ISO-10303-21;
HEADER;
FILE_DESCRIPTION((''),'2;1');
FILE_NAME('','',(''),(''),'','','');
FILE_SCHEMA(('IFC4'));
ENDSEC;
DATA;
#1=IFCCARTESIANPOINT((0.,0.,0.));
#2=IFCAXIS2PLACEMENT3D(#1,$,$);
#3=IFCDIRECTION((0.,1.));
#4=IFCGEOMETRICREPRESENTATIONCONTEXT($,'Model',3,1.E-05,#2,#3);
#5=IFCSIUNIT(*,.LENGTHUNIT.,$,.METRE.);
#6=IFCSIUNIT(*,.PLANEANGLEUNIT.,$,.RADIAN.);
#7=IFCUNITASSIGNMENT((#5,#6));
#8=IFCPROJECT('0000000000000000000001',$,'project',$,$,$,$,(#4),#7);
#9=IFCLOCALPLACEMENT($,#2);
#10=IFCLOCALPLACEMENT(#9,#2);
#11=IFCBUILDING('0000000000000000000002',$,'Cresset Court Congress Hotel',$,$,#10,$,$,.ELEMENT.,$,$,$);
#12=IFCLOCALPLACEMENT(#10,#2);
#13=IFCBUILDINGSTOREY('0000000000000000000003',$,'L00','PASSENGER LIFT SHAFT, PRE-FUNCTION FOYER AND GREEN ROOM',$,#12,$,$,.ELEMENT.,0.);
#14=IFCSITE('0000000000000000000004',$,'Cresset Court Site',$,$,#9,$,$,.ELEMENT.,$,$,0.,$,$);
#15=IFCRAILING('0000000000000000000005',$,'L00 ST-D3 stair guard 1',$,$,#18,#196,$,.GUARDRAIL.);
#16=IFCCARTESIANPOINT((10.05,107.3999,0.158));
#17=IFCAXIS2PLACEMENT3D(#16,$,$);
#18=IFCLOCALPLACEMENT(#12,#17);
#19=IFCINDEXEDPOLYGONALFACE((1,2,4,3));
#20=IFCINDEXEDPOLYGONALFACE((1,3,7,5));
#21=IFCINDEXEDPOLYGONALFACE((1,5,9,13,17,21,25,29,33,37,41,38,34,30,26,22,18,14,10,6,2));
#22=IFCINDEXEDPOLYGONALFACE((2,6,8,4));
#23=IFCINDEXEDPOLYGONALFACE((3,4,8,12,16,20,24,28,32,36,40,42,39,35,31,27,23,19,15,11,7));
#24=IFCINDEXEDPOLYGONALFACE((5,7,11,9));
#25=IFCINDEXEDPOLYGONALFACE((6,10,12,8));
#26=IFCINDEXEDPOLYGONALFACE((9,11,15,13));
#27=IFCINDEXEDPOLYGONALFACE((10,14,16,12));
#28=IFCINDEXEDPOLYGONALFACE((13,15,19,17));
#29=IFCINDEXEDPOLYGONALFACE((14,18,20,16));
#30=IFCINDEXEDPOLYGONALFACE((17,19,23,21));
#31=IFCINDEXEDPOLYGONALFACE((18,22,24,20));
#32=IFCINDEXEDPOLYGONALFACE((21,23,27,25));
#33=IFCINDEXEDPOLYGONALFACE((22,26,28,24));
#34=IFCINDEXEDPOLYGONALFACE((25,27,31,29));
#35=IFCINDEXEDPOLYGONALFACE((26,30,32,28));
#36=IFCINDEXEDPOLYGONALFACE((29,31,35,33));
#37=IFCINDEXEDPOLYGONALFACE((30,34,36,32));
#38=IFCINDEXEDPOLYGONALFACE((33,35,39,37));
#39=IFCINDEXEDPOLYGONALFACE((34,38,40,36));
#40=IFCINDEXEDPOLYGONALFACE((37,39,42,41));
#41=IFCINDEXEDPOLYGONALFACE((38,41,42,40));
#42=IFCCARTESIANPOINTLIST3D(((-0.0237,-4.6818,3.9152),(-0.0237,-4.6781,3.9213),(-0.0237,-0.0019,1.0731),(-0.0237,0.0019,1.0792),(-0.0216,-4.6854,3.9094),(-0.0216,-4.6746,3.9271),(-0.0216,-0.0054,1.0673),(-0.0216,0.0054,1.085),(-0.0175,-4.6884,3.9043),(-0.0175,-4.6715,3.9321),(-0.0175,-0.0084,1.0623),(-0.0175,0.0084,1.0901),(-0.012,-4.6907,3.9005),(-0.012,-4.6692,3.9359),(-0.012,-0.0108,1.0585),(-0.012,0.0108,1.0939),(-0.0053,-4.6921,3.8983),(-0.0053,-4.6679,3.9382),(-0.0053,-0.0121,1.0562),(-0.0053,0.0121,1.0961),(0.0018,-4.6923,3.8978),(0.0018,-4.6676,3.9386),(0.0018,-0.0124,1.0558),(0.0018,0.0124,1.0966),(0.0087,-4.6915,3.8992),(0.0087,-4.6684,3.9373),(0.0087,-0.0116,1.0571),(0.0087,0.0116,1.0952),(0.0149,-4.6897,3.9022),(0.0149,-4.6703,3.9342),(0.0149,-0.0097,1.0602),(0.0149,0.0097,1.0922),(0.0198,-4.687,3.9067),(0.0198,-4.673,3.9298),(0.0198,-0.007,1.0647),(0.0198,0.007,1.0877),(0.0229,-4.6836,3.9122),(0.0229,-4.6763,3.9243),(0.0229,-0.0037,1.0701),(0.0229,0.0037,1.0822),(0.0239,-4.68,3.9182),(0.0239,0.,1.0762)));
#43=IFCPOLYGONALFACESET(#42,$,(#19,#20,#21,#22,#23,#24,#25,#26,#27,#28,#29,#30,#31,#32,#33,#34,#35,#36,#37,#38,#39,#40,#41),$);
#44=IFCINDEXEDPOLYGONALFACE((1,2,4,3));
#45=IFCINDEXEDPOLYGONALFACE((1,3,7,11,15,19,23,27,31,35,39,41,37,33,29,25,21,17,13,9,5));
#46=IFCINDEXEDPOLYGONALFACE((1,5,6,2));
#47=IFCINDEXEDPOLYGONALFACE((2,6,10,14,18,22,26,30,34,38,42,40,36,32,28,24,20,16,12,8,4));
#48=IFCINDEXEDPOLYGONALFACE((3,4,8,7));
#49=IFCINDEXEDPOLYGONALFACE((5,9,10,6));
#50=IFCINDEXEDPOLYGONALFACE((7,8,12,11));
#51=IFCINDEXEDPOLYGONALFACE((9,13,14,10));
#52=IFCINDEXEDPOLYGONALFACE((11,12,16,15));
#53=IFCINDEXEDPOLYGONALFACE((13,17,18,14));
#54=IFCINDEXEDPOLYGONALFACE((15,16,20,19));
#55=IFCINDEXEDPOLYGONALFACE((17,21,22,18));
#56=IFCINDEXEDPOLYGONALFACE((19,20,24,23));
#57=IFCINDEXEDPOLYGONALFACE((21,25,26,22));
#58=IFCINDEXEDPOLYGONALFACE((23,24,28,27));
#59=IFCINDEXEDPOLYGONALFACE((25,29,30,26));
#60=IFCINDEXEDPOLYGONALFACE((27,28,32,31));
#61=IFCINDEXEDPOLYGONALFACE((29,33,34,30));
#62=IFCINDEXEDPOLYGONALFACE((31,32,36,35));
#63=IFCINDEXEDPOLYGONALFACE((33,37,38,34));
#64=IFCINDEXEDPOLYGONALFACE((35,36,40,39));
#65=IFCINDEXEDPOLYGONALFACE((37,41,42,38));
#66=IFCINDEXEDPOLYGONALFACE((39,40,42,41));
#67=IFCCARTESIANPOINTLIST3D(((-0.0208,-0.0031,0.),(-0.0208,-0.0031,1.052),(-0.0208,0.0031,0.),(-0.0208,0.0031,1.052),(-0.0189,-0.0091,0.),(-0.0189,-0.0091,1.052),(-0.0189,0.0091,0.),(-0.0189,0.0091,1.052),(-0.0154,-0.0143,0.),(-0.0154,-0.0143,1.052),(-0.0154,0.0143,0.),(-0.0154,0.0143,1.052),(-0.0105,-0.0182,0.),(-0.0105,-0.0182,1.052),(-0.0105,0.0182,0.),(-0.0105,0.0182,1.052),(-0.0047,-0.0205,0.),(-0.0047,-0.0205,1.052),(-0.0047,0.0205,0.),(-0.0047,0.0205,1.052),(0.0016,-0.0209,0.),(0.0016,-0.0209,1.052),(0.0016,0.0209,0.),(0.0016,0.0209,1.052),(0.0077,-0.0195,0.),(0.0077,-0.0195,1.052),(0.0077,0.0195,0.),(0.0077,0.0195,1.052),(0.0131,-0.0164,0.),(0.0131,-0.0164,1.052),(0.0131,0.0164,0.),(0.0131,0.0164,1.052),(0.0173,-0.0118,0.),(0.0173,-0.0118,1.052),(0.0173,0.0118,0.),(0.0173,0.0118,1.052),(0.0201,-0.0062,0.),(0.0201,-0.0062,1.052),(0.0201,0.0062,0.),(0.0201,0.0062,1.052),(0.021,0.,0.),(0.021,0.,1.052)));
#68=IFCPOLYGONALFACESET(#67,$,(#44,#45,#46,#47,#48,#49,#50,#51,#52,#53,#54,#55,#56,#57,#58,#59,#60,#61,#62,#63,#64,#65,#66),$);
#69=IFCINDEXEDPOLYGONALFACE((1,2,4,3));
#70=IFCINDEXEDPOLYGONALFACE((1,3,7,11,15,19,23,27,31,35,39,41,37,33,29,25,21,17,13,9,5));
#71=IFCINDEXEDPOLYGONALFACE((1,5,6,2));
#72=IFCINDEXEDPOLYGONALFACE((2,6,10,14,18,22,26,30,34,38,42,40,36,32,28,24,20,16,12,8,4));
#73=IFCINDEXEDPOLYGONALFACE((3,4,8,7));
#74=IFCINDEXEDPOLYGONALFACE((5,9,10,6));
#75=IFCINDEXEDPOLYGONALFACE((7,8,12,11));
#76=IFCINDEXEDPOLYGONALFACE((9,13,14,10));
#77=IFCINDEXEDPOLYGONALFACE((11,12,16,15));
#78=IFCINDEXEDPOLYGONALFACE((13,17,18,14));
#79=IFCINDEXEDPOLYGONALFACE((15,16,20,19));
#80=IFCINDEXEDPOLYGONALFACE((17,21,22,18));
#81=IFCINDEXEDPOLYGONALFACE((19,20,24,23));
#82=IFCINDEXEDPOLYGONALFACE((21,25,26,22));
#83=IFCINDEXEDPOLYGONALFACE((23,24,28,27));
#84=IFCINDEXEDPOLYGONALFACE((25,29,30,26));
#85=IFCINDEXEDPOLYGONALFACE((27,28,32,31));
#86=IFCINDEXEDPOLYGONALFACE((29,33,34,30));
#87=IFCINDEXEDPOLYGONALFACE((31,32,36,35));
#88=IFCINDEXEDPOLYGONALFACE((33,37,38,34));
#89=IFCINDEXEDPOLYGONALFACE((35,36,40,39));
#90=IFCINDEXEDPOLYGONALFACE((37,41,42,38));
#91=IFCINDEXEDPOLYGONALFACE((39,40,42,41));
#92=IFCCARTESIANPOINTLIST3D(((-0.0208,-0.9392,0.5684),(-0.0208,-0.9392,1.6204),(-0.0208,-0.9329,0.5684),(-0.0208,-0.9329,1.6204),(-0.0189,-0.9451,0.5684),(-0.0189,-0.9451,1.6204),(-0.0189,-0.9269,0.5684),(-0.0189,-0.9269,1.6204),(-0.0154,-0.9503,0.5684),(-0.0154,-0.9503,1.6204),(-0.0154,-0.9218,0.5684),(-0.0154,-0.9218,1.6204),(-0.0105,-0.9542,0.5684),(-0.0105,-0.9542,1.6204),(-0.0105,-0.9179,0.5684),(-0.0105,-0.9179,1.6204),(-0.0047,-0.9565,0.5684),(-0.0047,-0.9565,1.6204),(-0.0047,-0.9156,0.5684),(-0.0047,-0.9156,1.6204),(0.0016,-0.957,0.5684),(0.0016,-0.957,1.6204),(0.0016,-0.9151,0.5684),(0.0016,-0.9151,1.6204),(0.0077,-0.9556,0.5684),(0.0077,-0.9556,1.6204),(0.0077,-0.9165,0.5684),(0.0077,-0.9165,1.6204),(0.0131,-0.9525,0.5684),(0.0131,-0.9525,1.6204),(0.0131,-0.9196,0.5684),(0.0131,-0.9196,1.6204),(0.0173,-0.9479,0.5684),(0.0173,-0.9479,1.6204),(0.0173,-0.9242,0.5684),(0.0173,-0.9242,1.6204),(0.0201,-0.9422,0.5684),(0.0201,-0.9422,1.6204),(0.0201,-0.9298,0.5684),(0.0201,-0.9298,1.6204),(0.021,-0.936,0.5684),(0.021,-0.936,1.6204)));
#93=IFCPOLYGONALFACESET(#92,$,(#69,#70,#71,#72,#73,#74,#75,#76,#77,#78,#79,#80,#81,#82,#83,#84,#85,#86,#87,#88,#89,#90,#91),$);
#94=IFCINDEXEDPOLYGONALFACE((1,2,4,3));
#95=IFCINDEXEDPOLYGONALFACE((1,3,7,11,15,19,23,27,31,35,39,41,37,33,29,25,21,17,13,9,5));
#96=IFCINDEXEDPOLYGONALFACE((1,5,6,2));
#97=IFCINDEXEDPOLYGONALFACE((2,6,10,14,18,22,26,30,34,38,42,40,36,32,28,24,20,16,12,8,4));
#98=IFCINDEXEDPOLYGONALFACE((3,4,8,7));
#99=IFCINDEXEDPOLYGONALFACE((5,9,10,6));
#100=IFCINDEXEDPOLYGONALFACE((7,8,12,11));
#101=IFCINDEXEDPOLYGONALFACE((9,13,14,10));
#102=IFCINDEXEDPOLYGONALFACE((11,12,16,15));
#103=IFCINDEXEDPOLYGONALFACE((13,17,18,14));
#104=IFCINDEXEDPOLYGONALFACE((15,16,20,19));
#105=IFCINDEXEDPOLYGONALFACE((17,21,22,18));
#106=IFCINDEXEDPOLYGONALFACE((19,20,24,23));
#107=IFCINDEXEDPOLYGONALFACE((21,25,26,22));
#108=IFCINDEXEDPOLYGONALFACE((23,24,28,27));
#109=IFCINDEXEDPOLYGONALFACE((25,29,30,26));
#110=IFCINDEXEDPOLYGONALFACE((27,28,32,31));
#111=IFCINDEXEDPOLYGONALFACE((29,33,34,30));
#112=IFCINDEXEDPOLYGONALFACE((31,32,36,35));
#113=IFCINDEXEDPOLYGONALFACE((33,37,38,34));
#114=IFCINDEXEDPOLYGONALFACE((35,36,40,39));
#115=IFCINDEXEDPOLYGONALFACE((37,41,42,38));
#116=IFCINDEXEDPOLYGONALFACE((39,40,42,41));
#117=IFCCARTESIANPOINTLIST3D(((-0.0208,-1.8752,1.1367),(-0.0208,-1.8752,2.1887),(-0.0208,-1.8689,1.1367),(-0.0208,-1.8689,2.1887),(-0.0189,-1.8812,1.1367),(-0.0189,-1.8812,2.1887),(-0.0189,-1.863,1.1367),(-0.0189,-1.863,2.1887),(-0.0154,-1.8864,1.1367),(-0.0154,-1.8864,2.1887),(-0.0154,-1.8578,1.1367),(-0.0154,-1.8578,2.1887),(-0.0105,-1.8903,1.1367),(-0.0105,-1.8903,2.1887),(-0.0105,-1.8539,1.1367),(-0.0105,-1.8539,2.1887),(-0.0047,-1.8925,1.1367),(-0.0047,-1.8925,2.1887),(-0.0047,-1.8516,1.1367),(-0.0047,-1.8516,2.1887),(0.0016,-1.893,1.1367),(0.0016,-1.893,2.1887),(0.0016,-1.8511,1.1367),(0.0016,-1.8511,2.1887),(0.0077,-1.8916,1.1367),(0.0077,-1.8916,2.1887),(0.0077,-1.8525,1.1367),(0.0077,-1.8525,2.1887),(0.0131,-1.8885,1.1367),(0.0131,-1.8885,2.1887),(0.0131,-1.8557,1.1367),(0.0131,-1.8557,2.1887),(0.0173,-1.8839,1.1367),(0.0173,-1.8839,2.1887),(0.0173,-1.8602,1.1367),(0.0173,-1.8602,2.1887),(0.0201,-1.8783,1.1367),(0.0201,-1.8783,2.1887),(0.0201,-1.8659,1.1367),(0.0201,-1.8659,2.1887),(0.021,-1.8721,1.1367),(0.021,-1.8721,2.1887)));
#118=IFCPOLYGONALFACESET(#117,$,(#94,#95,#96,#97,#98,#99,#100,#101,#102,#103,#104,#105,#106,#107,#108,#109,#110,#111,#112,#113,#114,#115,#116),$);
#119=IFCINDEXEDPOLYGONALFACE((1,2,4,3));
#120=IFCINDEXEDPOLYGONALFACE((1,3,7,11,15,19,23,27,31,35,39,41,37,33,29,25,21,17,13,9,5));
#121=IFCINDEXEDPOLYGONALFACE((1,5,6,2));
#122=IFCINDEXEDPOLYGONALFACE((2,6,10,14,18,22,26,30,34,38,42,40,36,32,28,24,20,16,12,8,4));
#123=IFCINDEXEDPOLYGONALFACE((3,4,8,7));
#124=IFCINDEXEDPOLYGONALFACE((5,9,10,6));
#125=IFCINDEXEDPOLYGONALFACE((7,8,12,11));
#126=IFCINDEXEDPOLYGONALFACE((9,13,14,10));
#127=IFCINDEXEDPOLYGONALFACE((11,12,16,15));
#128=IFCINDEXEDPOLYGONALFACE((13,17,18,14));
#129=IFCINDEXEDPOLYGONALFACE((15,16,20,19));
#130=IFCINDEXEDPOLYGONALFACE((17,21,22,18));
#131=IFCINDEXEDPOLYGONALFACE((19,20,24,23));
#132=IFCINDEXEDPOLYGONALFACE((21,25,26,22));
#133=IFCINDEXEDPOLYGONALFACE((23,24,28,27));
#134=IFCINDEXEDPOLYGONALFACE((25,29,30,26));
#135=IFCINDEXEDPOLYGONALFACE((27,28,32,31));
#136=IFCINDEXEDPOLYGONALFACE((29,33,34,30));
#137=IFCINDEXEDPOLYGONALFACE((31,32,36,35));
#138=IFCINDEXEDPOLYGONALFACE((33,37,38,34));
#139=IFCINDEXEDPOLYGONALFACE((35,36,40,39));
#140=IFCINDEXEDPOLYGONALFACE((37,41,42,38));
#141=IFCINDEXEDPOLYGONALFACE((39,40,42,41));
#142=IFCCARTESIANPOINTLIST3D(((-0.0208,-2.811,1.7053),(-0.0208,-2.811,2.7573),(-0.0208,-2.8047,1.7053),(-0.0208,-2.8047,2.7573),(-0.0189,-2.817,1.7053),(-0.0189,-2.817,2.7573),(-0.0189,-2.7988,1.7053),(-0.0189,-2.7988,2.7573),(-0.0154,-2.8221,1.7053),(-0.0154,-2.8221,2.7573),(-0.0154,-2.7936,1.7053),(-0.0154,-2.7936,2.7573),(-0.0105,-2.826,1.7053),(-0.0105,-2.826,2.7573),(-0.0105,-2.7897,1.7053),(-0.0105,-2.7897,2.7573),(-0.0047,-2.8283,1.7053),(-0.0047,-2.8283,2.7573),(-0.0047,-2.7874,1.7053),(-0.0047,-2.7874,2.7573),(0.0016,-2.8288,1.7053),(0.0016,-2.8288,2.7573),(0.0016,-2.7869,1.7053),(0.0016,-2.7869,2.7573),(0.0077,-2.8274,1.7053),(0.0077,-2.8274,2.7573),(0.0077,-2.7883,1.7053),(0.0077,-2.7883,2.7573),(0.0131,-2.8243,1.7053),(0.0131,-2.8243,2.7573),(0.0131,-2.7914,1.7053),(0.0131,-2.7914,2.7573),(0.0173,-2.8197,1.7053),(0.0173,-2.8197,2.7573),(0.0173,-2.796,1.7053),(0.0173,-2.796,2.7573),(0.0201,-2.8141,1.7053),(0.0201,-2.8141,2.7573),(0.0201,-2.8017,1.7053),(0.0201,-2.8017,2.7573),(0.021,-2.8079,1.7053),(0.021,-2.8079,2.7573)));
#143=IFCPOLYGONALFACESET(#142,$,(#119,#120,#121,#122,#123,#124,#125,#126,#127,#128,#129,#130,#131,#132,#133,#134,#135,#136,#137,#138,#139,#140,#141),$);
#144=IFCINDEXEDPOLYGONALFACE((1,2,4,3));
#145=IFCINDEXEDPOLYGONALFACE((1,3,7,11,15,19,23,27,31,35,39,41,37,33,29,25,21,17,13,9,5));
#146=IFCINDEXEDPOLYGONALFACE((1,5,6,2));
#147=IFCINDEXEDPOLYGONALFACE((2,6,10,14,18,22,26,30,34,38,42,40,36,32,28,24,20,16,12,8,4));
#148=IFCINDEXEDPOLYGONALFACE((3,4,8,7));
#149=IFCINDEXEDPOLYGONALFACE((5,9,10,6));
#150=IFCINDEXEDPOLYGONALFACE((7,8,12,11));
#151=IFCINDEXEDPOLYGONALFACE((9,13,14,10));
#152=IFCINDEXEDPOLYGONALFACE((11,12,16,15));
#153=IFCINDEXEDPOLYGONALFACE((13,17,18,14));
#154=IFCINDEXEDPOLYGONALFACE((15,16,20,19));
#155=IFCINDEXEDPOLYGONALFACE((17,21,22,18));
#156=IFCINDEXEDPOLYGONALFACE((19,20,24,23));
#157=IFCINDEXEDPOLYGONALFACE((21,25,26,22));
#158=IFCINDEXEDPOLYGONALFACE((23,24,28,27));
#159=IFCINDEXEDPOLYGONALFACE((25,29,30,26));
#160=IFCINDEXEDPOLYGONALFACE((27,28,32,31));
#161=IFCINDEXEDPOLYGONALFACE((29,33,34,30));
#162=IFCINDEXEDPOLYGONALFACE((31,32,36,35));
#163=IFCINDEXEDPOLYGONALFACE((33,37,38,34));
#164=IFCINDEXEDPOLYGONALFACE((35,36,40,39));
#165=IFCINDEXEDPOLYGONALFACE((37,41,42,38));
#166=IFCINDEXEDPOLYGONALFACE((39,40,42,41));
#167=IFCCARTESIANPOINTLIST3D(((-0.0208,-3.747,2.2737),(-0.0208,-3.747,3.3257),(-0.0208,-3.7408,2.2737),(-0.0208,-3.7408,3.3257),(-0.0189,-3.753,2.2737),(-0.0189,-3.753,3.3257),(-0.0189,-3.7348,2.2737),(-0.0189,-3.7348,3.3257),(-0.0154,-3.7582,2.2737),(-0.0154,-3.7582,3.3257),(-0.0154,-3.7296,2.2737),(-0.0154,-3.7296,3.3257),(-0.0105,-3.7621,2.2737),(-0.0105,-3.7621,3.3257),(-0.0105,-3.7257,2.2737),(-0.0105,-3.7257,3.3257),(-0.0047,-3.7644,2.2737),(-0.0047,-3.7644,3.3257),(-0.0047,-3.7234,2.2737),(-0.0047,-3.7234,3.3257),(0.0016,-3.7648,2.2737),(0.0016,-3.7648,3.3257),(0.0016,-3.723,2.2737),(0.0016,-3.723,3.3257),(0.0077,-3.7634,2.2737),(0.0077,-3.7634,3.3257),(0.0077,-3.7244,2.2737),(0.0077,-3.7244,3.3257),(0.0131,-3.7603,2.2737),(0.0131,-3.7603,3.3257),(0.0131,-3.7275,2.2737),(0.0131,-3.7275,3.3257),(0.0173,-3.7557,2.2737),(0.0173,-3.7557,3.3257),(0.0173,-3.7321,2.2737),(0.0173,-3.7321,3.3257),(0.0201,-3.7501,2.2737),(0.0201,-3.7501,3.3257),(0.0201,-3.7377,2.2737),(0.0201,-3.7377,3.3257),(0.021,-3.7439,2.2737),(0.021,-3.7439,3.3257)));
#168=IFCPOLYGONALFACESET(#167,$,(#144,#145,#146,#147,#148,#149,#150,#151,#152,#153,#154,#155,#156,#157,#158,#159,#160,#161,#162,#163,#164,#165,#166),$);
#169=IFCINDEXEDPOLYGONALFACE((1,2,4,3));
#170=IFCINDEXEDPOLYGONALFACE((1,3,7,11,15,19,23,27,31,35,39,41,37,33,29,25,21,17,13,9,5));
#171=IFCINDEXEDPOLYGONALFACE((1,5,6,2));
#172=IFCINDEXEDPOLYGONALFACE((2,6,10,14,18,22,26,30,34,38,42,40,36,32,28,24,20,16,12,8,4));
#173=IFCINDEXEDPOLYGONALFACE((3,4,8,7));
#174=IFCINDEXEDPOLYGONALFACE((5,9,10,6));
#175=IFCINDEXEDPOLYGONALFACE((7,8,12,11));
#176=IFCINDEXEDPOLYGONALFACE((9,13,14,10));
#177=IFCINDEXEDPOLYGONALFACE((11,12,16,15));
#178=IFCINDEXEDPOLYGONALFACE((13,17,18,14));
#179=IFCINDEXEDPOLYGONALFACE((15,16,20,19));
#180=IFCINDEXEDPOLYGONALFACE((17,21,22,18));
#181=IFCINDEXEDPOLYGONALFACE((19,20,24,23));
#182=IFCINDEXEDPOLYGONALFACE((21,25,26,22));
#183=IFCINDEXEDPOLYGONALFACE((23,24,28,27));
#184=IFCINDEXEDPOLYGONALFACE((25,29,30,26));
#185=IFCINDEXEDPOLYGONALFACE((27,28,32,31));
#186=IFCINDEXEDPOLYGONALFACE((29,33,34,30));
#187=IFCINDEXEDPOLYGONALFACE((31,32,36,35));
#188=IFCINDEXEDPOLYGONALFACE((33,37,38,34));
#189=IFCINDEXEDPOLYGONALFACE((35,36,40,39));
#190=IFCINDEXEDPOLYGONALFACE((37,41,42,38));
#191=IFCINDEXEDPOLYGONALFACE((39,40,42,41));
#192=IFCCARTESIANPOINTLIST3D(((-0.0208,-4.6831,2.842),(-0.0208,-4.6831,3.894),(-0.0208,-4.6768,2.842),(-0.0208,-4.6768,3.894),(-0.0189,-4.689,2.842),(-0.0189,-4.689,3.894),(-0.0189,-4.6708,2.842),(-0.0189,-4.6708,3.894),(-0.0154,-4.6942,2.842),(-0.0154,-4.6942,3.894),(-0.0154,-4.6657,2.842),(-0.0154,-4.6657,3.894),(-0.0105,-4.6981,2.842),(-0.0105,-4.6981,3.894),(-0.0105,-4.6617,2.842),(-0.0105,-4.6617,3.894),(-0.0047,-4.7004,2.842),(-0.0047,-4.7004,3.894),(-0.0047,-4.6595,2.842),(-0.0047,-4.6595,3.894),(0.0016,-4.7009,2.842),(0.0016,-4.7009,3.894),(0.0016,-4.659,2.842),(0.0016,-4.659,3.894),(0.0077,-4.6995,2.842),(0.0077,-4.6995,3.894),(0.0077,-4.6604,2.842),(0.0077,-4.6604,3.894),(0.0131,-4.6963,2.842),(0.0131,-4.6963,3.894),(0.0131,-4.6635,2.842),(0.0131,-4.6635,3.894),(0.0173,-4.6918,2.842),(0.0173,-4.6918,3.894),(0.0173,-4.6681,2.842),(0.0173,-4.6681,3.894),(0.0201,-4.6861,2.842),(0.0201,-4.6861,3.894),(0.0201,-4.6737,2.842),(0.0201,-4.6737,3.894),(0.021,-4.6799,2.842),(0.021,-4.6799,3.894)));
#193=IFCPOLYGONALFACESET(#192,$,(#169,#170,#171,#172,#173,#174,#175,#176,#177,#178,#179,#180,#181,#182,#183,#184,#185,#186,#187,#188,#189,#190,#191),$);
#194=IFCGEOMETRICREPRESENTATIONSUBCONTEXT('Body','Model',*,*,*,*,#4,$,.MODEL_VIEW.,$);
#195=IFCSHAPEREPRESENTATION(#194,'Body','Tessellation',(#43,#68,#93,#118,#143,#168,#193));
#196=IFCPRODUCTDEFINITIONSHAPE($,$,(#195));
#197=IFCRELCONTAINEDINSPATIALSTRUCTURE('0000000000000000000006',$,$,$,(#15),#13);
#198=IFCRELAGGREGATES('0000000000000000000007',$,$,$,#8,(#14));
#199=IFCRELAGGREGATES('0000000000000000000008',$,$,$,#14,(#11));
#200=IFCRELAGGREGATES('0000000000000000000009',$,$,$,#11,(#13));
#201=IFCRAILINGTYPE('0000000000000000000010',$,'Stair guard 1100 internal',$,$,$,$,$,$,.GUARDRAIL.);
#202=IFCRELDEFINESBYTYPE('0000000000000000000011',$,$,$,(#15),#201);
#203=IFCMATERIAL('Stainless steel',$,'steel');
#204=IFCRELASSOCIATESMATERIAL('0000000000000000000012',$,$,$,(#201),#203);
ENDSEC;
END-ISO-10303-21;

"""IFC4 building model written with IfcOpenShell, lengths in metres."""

from ifc_helpers import new_model, si_unit, direction, frame, origin, origin_2d, place, context, subcontext, project, spatial, circle, extrude, material, type_object, element, save


model = new_model("IFC4")

# Units and contexts
model_context = context("Model", 3, precision=1e-05, world=origin(), true_north=direction((0.0, 1.0)))
body_context = subcontext(model_context, "Body", "Model", "MODEL_VIEW")
ifc_project = project(units=[si_unit("LENGTHUNIT", "METRE"), si_unit("PLANEANGLEUNIT", "RADIAN")], contexts=[model_context])

# Site, building, storey
site_placement = place(None, origin())
site = spatial("IfcSite", under=ifc_project, at=site_placement, Name="Cresset Court Site", CompositionType="ELEMENT", RefElevation=0.0)
building_placement = place(site_placement, origin())
building = spatial("IfcBuilding", under=site, at=building_placement, Name="Cresset Court Congress Hotel", CompositionType="ELEMENT")
storey_placement = place(building_placement, origin())
storey = spatial("IfcBuildingStorey", under=building, at=storey_placement, Name="L00", Description="PASSENGER LIFT SHAFT, PRE-FUNCTION FOYER AND GREEN ROOM", CompositionType="ELEMENT", Elevation=0.0)

# Railing
ifc_material_1 = material(Name="Stainless steel", Category="steel")
railing_type_1 = type_object("IfcRailingType", Name="Stair guard 1100 internal", PredefinedType="GUARDRAIL", material=ifc_material_1)
railing_1_placement = place(storey_placement, frame((10.05, 107.3999, 0.158)))
element("IfcRailing", 1, at=railing_1_placement, inside=storey, type_object=railing_type_1, Name="L00 ST-D3 stair guard 1", PredefinedType="GUARDRAIL", context=body_context, shape_type="SweptSolid", body=[
    extrude(circle(Radius=0.0239, at=origin_2d()), frame((0.0, 0.0, 1.0762), z_axis=(0.0, -0.854735, 0.519065), x_axis=(1.0, 0.0, 0.0)), (0.0, 0.0, 1.0), 5.4753),
    extrude(circle(Radius=0.021, at=origin_2d()), origin(), (0.0, 0.0, 1.0), 1.052),
    extrude(circle(Radius=0.021, at=origin_2d()), frame((0.0, -0.936, 0.5684)), (0.0, 0.0, 1.0), 1.052),
    extrude(circle(Radius=0.021, at=origin_2d()), frame((0.0, -1.8721, 1.1367)), (0.0, 0.0, 1.0), 1.052),
    extrude(circle(Radius=0.021, at=origin_2d()), frame((0.0, -2.8079, 1.7053)), (0.0, 0.0, 1.0), 1.052),
    extrude(circle(Radius=0.021, at=origin_2d()), frame((0.0, -3.7439, 2.2737)), (0.0, 0.0, 1.0), 1.052),
    extrude(circle(Radius=0.021, at=origin_2d()), frame((0.0, -4.6799, 2.842)), (0.0, 0.0, 1.0), 1.052),
])

save(model, "model.ifc")
